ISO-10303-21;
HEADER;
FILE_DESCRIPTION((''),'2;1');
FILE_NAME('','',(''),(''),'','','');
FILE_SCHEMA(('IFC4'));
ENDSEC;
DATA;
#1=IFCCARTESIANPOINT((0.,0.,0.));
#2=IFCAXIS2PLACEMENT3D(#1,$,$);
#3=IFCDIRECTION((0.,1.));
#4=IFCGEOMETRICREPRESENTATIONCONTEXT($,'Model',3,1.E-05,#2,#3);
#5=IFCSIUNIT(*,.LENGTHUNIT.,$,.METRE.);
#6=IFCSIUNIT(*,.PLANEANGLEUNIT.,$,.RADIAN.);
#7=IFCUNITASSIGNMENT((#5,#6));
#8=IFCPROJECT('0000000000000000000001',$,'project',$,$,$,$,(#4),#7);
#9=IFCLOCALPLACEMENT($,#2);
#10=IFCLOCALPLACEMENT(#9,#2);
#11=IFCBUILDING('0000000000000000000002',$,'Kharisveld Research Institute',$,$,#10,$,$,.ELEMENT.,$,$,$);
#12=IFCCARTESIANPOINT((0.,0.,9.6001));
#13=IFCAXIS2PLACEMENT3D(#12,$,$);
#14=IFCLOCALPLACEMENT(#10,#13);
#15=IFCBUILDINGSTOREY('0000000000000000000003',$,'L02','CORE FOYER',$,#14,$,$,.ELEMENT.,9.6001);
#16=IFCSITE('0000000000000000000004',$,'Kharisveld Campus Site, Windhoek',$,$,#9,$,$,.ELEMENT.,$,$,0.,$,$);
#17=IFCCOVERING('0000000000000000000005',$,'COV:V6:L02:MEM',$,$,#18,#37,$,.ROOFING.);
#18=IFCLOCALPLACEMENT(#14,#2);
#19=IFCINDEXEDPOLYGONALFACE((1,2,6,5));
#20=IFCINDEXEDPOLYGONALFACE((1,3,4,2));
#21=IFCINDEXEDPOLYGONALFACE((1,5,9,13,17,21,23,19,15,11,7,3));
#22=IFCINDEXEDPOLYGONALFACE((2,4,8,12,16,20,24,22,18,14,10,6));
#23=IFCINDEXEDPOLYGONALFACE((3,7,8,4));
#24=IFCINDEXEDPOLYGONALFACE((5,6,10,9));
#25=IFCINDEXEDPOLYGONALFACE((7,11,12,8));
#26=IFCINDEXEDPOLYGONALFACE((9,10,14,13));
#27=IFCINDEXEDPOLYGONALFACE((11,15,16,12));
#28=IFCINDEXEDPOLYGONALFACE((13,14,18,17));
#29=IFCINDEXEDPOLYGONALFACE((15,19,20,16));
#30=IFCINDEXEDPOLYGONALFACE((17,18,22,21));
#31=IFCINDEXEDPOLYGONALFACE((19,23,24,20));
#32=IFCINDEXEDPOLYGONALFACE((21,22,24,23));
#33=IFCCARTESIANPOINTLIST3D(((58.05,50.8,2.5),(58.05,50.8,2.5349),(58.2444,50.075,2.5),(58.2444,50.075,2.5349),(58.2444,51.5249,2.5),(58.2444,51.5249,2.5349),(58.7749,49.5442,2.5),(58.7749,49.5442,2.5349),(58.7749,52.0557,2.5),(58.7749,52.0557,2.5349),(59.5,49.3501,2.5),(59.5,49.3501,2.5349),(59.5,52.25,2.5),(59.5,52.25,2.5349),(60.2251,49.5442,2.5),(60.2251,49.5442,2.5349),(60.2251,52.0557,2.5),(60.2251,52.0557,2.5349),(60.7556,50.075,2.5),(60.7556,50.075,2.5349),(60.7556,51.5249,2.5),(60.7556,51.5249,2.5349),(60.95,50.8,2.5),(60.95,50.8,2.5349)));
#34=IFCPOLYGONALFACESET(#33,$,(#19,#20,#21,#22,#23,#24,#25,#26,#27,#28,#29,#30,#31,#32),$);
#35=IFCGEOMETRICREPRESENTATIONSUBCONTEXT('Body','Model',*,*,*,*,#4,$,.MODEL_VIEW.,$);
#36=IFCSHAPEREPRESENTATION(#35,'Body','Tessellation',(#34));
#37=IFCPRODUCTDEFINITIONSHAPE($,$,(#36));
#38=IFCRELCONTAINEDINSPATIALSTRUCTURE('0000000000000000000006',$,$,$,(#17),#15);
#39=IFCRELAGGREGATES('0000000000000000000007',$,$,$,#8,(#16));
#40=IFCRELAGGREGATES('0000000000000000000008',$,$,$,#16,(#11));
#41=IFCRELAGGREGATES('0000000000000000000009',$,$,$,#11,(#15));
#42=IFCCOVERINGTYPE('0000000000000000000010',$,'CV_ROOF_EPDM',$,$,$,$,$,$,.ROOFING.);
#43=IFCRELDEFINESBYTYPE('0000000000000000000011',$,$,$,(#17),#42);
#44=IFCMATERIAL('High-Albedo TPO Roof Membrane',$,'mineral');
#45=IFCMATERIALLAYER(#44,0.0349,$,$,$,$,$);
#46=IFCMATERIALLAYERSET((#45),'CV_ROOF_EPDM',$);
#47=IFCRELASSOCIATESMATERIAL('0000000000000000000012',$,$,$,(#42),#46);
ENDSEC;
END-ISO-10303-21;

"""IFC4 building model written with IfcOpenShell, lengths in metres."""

from ifc_helpers import new_model, si_unit, direction, frame, origin, place, context, subcontext, project, spatial, polyline, outline, extrude, material, layer, layer_set, type_object, element, save


model = new_model("IFC4")

# Units and contexts
model_context = context("Model", 3, precision=1e-05, world=origin(), true_north=direction((0.0, 1.0)))
body_context = subcontext(model_context, "Body", "Model", "MODEL_VIEW")
ifc_project = project(units=[si_unit("LENGTHUNIT", "METRE"), si_unit("PLANEANGLEUNIT", "RADIAN")], contexts=[model_context])

# Site, building, storey
site_placement = place(None, origin())
site = spatial("IfcSite", under=ifc_project, at=site_placement, Name="Kharisveld Campus Site, Windhoek", CompositionType="ELEMENT", RefElevation=0.0)
building_placement = place(site_placement, origin())
building = spatial("IfcBuilding", under=site, at=building_placement, Name="Kharisveld Research Institute", CompositionType="ELEMENT")
storey_placement = place(building_placement, frame((0.0, 0.0, 9.6001)))
storey = spatial("IfcBuildingStorey", under=building, at=storey_placement, Name="L02", Description="CORE FOYER", CompositionType="ELEMENT", Elevation=9.6001)

# Covering
ifc_material_1 = material(Name="High-Albedo TPO Roof Membrane", Category="mineral")
ifc_layer_1 = layer(ifc_material_1, 0.0349)
ifc_layer_set_1 = layer_set([ifc_layer_1], Name="CV_ROOF_EPDM")
covering_type_1 = type_object("IfcCoveringType", Name="CV_ROOF_EPDM", PredefinedType="ROOFING", material=ifc_layer_set_1)
covering_1_placement = place(storey_placement, frame((0.0, 0.0, 2.5)))
element("IfcCovering", 1, at=covering_1_placement, inside=storey, type_object=covering_type_1, Name="COV:V6:L02:MEM", PredefinedType="ROOFING", context=body_context, shape_type="SweptSolid", body=[
    extrude(outline(polyline([(60.95, 50.8), (60.7556, 51.5249), (60.2251, 52.0557), (59.5, 52.25), (58.7749, 52.0557), (58.2444, 51.5249), (58.05, 50.8), (58.2444, 50.075), (58.7749, 49.5442), (59.5, 49.3501), (60.2251, 49.5442), (60.7556, 50.075), (60.95, 50.8)])), origin(), (0.0, 0.0, 1.0), 0.0349),
])

save(model, "model.ifc")
